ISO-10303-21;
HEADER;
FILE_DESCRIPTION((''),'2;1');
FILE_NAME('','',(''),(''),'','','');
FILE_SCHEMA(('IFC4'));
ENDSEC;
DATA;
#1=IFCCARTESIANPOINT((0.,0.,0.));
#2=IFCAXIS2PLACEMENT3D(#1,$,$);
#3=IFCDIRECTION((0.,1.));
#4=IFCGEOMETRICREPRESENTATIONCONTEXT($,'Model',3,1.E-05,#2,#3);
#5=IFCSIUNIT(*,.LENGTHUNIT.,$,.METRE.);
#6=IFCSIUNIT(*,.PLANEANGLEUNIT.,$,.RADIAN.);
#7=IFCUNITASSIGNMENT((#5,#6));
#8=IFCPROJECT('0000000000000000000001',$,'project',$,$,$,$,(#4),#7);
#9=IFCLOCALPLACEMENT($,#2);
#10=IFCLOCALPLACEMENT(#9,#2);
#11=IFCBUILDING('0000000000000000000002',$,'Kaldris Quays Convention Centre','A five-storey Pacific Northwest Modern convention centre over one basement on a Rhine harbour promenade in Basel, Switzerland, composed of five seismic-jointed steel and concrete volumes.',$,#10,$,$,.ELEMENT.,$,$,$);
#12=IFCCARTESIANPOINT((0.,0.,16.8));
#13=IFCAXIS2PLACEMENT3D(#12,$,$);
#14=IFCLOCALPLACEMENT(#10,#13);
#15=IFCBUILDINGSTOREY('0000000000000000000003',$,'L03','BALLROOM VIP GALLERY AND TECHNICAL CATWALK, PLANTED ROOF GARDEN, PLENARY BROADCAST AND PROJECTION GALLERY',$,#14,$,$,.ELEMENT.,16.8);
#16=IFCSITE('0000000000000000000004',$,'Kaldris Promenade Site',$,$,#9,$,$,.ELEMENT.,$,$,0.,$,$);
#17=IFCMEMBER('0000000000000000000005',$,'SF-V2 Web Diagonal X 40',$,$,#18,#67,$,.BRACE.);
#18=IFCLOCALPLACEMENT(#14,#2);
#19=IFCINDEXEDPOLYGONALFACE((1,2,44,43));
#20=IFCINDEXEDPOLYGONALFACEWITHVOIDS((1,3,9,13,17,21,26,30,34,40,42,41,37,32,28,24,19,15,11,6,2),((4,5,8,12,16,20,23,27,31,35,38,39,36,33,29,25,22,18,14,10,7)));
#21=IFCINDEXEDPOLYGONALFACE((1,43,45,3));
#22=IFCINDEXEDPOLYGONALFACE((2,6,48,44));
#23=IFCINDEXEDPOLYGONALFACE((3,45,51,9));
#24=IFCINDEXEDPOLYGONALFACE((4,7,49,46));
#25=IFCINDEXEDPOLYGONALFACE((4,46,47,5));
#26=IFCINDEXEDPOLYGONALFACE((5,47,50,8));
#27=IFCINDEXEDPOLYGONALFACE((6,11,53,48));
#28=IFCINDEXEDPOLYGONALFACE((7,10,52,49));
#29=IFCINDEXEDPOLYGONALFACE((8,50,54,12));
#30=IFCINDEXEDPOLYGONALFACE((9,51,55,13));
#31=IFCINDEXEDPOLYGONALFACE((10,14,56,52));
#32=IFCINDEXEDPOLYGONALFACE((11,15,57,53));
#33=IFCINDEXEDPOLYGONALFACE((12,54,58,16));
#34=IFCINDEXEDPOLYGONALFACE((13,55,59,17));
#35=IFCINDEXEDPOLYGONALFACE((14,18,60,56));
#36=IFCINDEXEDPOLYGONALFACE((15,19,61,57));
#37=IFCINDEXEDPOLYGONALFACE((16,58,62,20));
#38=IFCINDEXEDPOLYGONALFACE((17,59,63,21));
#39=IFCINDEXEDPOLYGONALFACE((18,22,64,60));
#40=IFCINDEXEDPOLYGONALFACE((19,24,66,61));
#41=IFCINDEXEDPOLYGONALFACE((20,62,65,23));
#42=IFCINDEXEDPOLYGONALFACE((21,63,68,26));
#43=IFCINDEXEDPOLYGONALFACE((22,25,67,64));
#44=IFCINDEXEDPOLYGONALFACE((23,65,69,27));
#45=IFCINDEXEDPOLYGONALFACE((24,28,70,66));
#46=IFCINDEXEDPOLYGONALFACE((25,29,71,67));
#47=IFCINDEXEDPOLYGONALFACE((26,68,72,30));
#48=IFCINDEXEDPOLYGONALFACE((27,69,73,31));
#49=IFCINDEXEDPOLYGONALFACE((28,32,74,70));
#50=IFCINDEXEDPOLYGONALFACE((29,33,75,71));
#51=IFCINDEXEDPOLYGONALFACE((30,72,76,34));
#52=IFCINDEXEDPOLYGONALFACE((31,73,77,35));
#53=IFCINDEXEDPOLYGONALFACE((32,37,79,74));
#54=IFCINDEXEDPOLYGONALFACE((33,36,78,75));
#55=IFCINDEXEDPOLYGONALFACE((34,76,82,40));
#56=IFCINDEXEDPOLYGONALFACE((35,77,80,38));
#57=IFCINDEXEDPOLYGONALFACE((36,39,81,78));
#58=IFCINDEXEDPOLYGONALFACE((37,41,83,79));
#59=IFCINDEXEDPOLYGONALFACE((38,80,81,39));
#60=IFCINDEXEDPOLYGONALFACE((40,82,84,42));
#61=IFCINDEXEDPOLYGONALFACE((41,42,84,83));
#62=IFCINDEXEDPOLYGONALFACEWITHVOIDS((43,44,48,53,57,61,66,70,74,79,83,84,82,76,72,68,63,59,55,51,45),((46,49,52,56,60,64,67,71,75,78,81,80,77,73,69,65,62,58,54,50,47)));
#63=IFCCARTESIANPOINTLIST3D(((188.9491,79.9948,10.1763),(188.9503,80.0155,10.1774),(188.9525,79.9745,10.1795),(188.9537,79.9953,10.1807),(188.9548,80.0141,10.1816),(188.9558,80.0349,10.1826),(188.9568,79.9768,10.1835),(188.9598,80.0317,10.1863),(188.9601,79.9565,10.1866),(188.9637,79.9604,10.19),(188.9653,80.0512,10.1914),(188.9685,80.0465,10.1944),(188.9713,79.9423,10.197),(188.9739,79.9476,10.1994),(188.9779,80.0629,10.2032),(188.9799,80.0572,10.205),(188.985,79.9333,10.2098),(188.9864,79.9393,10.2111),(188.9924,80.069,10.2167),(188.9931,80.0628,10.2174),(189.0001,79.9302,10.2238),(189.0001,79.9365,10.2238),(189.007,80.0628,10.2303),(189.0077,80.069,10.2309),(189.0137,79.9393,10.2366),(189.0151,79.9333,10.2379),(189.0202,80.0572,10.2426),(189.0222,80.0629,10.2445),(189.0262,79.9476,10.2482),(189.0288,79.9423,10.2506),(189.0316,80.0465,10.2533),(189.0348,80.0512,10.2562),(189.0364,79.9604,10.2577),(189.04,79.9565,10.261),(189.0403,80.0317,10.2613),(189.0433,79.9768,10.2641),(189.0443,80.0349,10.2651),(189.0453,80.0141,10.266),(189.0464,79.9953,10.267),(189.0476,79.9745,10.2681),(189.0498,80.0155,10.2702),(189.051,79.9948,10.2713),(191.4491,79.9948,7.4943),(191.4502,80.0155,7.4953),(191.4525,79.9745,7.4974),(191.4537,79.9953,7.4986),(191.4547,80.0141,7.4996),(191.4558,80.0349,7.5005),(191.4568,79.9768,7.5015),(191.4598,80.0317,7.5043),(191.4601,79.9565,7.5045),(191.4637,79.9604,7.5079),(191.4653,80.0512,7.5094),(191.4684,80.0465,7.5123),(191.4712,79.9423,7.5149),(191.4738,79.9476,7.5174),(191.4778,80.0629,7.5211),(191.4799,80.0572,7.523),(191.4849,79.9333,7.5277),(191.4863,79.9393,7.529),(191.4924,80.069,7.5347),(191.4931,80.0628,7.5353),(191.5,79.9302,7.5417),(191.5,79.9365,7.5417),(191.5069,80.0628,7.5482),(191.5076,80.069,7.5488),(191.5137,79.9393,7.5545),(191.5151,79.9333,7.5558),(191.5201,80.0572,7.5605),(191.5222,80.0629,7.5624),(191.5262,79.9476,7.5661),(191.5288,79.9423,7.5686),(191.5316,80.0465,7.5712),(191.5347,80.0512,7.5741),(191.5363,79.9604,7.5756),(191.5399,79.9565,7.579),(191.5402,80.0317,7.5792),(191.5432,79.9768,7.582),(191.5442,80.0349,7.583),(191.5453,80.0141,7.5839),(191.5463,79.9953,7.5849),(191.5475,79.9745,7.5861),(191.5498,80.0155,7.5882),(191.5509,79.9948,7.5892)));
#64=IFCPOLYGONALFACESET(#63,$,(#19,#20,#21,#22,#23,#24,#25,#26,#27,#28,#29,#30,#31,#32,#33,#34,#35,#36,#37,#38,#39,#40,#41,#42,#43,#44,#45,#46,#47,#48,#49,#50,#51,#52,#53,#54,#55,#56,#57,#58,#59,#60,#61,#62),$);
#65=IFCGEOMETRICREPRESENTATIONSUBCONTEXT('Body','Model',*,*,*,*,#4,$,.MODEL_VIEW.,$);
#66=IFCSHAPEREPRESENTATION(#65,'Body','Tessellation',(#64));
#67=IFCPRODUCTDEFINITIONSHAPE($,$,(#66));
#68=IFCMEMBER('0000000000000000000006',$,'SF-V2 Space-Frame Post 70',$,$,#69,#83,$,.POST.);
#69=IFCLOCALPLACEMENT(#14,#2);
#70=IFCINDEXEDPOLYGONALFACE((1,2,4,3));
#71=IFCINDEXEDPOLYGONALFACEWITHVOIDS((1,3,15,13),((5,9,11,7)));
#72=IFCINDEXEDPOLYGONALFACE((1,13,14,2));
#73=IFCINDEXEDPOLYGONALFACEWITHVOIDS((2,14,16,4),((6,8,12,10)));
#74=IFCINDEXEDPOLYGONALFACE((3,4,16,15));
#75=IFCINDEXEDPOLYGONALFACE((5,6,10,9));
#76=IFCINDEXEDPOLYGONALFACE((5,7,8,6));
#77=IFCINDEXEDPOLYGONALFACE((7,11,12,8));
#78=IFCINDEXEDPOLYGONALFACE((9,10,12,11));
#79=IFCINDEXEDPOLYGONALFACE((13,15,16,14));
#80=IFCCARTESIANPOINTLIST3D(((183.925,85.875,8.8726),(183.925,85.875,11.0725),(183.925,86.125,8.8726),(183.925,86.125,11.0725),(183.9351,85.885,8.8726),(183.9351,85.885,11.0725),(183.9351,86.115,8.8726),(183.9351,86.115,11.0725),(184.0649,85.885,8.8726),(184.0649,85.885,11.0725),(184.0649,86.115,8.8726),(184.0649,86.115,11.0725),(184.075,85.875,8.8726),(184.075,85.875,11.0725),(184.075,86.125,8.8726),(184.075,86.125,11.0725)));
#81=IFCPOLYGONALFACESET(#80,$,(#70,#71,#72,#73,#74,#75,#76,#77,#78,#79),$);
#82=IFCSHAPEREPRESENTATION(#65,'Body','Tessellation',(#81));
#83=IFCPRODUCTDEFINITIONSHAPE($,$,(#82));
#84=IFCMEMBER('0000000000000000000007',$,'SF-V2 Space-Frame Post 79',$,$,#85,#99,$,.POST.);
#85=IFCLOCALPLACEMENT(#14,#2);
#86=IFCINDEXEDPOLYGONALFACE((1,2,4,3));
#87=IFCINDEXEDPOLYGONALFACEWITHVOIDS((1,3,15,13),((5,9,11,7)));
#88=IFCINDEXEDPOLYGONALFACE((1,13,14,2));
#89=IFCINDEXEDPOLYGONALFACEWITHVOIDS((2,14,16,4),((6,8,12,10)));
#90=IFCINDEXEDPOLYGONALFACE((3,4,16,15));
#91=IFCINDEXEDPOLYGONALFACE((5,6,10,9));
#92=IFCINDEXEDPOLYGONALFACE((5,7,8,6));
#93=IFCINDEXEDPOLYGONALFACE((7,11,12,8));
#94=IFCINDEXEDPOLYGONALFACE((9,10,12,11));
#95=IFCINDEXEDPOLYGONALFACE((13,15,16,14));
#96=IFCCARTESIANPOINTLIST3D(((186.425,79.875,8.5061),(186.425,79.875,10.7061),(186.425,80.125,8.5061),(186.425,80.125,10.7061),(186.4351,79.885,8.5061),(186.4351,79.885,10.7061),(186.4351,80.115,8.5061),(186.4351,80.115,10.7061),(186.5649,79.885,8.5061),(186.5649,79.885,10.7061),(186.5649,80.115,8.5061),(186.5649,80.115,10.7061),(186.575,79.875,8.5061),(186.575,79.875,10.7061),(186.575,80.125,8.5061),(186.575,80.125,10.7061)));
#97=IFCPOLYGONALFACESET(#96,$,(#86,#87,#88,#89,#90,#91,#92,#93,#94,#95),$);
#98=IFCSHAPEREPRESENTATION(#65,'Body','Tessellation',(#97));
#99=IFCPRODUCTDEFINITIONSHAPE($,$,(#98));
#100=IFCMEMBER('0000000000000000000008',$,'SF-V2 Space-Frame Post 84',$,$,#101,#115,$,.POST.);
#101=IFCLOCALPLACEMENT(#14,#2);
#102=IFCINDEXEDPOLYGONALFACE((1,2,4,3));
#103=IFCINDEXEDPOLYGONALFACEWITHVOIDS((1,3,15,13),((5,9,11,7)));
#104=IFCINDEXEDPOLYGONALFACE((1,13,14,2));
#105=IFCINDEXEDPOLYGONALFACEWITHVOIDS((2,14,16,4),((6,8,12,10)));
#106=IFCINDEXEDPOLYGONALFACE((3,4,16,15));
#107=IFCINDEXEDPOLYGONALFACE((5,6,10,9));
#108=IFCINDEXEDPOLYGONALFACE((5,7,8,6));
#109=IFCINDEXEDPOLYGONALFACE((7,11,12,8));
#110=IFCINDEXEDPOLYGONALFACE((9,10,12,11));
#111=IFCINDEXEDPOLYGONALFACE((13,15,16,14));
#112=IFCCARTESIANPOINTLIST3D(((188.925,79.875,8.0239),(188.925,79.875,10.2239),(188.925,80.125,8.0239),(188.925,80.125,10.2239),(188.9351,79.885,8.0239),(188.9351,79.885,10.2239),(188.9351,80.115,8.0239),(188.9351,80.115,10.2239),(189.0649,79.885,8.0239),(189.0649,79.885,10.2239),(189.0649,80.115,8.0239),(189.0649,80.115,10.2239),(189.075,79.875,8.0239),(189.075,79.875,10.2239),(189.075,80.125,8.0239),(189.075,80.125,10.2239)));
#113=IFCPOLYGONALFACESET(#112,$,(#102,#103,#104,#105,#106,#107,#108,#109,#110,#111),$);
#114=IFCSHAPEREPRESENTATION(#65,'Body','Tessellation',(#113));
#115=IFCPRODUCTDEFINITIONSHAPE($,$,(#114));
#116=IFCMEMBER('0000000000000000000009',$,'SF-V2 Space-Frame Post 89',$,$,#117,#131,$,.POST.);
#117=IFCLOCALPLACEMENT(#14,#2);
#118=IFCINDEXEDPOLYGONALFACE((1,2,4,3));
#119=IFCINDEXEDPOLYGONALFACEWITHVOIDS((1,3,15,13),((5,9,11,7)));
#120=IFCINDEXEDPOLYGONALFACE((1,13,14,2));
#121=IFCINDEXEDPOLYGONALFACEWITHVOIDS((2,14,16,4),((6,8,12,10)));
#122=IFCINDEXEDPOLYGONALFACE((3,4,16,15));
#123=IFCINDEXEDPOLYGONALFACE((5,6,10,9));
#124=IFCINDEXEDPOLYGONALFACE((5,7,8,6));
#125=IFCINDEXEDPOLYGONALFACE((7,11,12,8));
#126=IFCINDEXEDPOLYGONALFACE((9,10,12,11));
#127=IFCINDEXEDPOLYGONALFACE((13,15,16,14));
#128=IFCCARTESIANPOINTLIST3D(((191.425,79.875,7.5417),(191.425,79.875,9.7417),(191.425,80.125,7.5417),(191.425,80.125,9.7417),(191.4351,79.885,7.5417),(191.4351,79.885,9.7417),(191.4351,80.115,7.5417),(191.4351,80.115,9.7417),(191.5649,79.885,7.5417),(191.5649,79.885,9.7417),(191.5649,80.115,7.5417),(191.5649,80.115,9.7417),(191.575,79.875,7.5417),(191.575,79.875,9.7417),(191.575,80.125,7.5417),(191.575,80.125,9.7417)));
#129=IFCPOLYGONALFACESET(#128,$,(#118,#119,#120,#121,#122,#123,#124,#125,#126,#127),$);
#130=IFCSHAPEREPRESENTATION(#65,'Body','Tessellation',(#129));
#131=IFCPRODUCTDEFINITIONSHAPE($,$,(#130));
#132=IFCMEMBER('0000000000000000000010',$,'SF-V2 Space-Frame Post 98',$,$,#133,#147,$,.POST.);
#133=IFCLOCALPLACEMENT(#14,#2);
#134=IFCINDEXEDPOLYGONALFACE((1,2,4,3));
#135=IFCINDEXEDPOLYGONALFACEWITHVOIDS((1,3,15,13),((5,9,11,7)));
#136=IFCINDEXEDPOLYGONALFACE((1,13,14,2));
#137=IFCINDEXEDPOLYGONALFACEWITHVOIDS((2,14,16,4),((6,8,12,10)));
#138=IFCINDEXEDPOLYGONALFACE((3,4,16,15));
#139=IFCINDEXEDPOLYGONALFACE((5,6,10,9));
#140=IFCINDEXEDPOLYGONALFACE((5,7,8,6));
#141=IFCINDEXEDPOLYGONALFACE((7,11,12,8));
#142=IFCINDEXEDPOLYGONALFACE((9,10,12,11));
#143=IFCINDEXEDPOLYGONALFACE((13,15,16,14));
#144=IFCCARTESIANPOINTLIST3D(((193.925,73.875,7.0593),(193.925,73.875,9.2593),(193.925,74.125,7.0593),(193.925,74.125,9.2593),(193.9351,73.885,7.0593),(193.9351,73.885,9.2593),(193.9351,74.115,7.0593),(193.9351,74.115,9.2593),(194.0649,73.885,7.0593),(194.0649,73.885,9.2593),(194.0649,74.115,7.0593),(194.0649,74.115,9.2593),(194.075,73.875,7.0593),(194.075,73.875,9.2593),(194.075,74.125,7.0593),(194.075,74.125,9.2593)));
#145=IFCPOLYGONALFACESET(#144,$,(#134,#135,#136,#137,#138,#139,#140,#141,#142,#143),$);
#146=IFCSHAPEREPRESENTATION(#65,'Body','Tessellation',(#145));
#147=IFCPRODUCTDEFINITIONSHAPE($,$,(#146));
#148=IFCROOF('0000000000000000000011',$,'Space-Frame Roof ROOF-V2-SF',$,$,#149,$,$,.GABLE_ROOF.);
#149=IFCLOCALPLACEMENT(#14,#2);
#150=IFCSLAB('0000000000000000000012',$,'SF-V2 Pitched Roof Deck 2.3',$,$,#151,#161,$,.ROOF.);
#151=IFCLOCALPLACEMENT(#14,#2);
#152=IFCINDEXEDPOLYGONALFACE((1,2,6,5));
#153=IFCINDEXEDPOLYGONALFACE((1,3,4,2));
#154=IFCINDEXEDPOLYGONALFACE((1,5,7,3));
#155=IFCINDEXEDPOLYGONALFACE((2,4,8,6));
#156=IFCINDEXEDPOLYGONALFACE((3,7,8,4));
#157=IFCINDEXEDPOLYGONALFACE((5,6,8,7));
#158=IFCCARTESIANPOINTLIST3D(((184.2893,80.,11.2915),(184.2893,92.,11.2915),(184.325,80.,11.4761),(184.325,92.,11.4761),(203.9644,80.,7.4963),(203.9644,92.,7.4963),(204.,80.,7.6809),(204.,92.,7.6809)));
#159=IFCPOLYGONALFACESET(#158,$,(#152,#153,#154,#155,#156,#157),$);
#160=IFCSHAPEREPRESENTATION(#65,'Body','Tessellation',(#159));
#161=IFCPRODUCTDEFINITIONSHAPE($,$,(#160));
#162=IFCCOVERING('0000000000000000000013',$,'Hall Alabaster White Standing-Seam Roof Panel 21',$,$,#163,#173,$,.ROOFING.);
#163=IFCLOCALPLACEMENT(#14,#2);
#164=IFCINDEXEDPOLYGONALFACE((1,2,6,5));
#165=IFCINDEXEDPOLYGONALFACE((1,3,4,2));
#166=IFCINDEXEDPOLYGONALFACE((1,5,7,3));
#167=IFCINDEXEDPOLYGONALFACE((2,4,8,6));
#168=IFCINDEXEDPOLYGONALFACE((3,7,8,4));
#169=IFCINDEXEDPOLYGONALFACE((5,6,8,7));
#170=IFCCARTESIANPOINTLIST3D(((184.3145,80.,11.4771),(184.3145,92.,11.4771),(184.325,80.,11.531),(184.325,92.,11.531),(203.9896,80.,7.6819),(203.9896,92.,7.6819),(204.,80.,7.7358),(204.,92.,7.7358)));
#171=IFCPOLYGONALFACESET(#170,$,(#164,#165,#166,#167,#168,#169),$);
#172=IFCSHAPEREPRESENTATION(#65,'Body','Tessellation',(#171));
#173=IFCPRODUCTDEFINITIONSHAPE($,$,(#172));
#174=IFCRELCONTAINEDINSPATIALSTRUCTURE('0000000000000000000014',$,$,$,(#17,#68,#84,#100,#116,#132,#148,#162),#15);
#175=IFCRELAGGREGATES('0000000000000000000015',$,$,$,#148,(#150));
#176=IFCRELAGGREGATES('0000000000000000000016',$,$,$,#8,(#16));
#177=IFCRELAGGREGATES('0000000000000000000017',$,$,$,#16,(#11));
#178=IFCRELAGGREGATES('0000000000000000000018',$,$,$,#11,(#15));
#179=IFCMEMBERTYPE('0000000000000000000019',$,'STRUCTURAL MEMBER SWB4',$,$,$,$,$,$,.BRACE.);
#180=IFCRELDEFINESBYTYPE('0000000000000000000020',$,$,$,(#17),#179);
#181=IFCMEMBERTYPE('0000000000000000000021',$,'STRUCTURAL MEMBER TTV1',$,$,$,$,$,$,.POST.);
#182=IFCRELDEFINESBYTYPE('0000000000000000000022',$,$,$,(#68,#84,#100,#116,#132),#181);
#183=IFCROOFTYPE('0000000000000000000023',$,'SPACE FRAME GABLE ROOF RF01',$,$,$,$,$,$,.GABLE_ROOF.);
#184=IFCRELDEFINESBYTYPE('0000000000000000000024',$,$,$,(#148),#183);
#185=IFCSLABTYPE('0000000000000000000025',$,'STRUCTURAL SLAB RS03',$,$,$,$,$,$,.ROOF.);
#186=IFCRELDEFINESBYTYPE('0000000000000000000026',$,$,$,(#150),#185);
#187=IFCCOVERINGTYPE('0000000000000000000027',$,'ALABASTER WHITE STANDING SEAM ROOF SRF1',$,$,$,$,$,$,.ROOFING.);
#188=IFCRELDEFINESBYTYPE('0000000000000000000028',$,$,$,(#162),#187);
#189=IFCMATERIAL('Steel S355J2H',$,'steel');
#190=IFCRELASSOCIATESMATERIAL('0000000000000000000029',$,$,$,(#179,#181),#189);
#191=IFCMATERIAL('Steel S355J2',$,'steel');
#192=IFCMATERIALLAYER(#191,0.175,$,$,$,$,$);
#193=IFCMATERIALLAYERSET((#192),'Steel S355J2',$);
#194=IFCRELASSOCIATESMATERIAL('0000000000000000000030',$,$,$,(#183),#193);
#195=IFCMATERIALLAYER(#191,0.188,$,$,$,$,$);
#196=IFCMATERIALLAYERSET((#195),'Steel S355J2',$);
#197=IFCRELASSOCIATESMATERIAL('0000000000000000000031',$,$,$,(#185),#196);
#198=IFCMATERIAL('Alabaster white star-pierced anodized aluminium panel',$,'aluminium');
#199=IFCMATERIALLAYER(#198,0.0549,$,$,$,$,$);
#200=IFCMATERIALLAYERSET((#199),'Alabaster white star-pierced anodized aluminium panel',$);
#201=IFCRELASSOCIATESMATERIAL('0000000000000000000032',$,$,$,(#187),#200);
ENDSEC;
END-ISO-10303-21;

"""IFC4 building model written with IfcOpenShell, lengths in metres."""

from ifc_helpers import new_model, si_unit, direction, frame, origin, origin_2d, place, context, subcontext, project, spatial, polyline, hollow_rectangle, hollow_circle, outline, extrude, material, layer, layer_set, material_profile, profile_set, type_object, element, aggregate, save


model = new_model("IFC4")

# Units and contexts
model_context = context("Model", 3, precision=1e-05, world=origin(), true_north=direction((0.0, 1.0)))
body_context = subcontext(model_context, "Body", "Model", "MODEL_VIEW")
ifc_project = project(units=[si_unit("LENGTHUNIT", "METRE"), si_unit("PLANEANGLEUNIT", "RADIAN")], contexts=[model_context])

# Site, building, storey
site_placement = place(None, origin())
site = spatial("IfcSite", under=ifc_project, at=site_placement, Name="Kaldris Promenade Site", CompositionType="ELEMENT", RefElevation=0.0)
building_placement = place(site_placement, origin())
building = spatial("IfcBuilding", under=site, at=building_placement, Name="Kaldris Quays Convention Centre", Description="A five-storey Pacific Northwest Modern convention centre over one basement on a Rhine harbour promenade in Basel, Switzerland, composed of five seismic-jointed steel and concrete volumes.", CompositionType="ELEMENT")
storey_placement = place(building_placement, frame((0.0, 0.0, 16.8)))
storey = spatial("IfcBuildingStorey", under=building, at=storey_placement, Name="L03", Description="BALLROOM VIP GALLERY AND TECHNICAL CATWALK, PLANTED ROOF GARDEN, PLENARY BROADCAST AND PROJECTION GALLERY", CompositionType="ELEMENT", Elevation=16.8)

# Members
ifc_material_1 = material(Name="Steel S355J2H", Category="steel")
ifc_material_profile_1 = material_profile(ifc_material_1, hollow_circle(Radius=0.0698, WallThickness=0.0063, at=origin_2d()), Name="CHS 139.7x6.3")
ifc_profile_set_1 = profile_set([ifc_material_profile_1], Name="Steel S355J2H")
member_type_1 = type_object("IfcMemberType", Name="STRUCTURAL MEMBER SWB4", PredefinedType="BRACE", material=ifc_profile_set_1)
member_1_placement = place(storey_placement, frame((191.5, 80.0, 7.5417), z_axis=(-0.681834, 0.0, 0.731507), x_axis=(0.0, -1.0, 0.0)))
element("IfcMember", 1, at=member_1_placement, inside=storey, type_object=member_type_1, Name="SF-V2 Web Diagonal X 40", PredefinedType="BRACE", context=body_context, shape_type="SweptSolid", body=[
    extrude(hollow_circle(Radius=0.0698, WallThickness=0.0063, at=origin_2d()), origin(), (0.0, 0.0, 1.0), 3.6665),
])
ifc_material_profile_2 = material_profile(ifc_material_1, hollow_rectangle(XDim=0.1499, YDim=0.25, WallThickness=0.01, at=origin_2d()), Name="RHS 250x150x10")
ifc_profile_set_2 = profile_set([ifc_material_profile_2], Name="Steel S355J2H")
member_type_2 = type_object("IfcMemberType", Name="STRUCTURAL MEMBER TTV1", PredefinedType="POST", material=ifc_profile_set_2)
for number, where, z_axis, x_axis, name in (
    (2, (184.0, 86.0, 8.8726), (0.0, 0.0, 1.0), (1.0, 0.0, 0.0), "SF-V2 Space-Frame Post 70"),
    (3, (186.5, 80.0, 8.5061), (0.0, 0.0, 1.0), (1.0, 0.0, 0.0), "SF-V2 Space-Frame Post 79"),
    (4, (189.0, 80.0, 8.0239), (0.0, 0.0, 1.0), (1.0, 0.0, 0.0), "SF-V2 Space-Frame Post 84"),
    (5, (191.5, 80.0, 7.5417), (0.0, 0.0, 1.0), (1.0, 0.0, 0.0), "SF-V2 Space-Frame Post 89"),
    (6, (194.0, 74.0, 7.0593), (0.0, 0.0, 1.0), (1.0, 0.0, 0.0), "SF-V2 Space-Frame Post 98"),
):
    element("IfcMember", number, at=place(storey_placement, frame(where, z_axis=z_axis, x_axis=x_axis)), inside=storey, type_object=member_type_2, Name=name, PredefinedType="POST", context=body_context, shape_type="SweptSolid", body=[
        extrude(hollow_rectangle(XDim=0.1499, YDim=0.25, WallThickness=0.01, at=origin_2d()), origin(), (0.0, 0.0, 1.0), 2.2),
    ])

# Roof, slab
ifc_material_2 = material(Name="Steel S355J2", Category="steel")
ifc_layer_1 = layer(ifc_material_2, 0.175)
ifc_layer_set_1 = layer_set([ifc_layer_1], Name="Steel S355J2")
roof_type = type_object("IfcRoofType", Name="SPACE FRAME GABLE ROOF RF01", PredefinedType="GABLE_ROOF", material=ifc_layer_set_1)
roof_placement = place(storey_placement, origin())
roof = element("IfcRoof", 7, at=roof_placement, inside=storey, type_object=roof_type, Name="Space-Frame Roof ROOF-V2-SF", PredefinedType="GABLE_ROOF")
ifc_layer_2 = layer(ifc_material_2, 0.188)
ifc_layer_set_2 = layer_set([ifc_layer_2], Name="Steel S355J2")
slab_type = type_object("IfcSlabType", Name="STRUCTURAL SLAB RS03", PredefinedType="ROOF", material=ifc_layer_set_2)
slab_placement = place(storey_placement, frame((184.325, 80.0, 11.4761), z_axis=(0.189401, 0.0, 0.9819), x_axis=(0.9819, 0.0, -0.189401)))
slab = element("IfcSlab", 8, at=slab_placement, type_object=slab_type, Name="SF-V2 Pitched Roof Deck 2.3", PredefinedType="ROOF", context=body_context, shape_type="SweptSolid", body=[
    extrude(outline(polyline([(0.0, 0.0), (20.0377, 0.0), (20.0377, 12.0), (0.0, 12.0), (0.0, 0.0)])), origin(), (0.0, 0.0, -1.0), 0.188),
])
aggregate(roof, [slab])

# Covering
ifc_material_3 = material(Name="Alabaster white star-pierced anodized aluminium panel", Category="aluminium")
ifc_layer_3 = layer(ifc_material_3, 0.0549)
ifc_layer_set_3 = layer_set([ifc_layer_3], Name="Alabaster white star-pierced anodized aluminium panel")
covering_type = type_object("IfcCoveringType", Name="ALABASTER WHITE STANDING SEAM ROOF SRF1", PredefinedType="ROOFING", material=ifc_layer_set_3)
covering_placement = place(storey_placement, frame((184.325, 80.0, 11.531), z_axis=(0.189401, 0.0, 0.9819), x_axis=(0.9819, 0.0, -0.189401)))
element("IfcCovering", 9, at=covering_placement, inside=storey, type_object=covering_type, Name="Hall Alabaster White Standing-Seam Roof Panel 21", PredefinedType="ROOFING", context=body_context, shape_type="SweptSolid", body=[
    extrude(outline(polyline([(0.0, 0.0), (20.0377, 0.0), (20.0377, 12.0), (0.0, 12.0), (0.0, 0.0)])), origin(), (0.0, 0.0, -1.0), 0.0549),
])

save(model, "model.ifc")
